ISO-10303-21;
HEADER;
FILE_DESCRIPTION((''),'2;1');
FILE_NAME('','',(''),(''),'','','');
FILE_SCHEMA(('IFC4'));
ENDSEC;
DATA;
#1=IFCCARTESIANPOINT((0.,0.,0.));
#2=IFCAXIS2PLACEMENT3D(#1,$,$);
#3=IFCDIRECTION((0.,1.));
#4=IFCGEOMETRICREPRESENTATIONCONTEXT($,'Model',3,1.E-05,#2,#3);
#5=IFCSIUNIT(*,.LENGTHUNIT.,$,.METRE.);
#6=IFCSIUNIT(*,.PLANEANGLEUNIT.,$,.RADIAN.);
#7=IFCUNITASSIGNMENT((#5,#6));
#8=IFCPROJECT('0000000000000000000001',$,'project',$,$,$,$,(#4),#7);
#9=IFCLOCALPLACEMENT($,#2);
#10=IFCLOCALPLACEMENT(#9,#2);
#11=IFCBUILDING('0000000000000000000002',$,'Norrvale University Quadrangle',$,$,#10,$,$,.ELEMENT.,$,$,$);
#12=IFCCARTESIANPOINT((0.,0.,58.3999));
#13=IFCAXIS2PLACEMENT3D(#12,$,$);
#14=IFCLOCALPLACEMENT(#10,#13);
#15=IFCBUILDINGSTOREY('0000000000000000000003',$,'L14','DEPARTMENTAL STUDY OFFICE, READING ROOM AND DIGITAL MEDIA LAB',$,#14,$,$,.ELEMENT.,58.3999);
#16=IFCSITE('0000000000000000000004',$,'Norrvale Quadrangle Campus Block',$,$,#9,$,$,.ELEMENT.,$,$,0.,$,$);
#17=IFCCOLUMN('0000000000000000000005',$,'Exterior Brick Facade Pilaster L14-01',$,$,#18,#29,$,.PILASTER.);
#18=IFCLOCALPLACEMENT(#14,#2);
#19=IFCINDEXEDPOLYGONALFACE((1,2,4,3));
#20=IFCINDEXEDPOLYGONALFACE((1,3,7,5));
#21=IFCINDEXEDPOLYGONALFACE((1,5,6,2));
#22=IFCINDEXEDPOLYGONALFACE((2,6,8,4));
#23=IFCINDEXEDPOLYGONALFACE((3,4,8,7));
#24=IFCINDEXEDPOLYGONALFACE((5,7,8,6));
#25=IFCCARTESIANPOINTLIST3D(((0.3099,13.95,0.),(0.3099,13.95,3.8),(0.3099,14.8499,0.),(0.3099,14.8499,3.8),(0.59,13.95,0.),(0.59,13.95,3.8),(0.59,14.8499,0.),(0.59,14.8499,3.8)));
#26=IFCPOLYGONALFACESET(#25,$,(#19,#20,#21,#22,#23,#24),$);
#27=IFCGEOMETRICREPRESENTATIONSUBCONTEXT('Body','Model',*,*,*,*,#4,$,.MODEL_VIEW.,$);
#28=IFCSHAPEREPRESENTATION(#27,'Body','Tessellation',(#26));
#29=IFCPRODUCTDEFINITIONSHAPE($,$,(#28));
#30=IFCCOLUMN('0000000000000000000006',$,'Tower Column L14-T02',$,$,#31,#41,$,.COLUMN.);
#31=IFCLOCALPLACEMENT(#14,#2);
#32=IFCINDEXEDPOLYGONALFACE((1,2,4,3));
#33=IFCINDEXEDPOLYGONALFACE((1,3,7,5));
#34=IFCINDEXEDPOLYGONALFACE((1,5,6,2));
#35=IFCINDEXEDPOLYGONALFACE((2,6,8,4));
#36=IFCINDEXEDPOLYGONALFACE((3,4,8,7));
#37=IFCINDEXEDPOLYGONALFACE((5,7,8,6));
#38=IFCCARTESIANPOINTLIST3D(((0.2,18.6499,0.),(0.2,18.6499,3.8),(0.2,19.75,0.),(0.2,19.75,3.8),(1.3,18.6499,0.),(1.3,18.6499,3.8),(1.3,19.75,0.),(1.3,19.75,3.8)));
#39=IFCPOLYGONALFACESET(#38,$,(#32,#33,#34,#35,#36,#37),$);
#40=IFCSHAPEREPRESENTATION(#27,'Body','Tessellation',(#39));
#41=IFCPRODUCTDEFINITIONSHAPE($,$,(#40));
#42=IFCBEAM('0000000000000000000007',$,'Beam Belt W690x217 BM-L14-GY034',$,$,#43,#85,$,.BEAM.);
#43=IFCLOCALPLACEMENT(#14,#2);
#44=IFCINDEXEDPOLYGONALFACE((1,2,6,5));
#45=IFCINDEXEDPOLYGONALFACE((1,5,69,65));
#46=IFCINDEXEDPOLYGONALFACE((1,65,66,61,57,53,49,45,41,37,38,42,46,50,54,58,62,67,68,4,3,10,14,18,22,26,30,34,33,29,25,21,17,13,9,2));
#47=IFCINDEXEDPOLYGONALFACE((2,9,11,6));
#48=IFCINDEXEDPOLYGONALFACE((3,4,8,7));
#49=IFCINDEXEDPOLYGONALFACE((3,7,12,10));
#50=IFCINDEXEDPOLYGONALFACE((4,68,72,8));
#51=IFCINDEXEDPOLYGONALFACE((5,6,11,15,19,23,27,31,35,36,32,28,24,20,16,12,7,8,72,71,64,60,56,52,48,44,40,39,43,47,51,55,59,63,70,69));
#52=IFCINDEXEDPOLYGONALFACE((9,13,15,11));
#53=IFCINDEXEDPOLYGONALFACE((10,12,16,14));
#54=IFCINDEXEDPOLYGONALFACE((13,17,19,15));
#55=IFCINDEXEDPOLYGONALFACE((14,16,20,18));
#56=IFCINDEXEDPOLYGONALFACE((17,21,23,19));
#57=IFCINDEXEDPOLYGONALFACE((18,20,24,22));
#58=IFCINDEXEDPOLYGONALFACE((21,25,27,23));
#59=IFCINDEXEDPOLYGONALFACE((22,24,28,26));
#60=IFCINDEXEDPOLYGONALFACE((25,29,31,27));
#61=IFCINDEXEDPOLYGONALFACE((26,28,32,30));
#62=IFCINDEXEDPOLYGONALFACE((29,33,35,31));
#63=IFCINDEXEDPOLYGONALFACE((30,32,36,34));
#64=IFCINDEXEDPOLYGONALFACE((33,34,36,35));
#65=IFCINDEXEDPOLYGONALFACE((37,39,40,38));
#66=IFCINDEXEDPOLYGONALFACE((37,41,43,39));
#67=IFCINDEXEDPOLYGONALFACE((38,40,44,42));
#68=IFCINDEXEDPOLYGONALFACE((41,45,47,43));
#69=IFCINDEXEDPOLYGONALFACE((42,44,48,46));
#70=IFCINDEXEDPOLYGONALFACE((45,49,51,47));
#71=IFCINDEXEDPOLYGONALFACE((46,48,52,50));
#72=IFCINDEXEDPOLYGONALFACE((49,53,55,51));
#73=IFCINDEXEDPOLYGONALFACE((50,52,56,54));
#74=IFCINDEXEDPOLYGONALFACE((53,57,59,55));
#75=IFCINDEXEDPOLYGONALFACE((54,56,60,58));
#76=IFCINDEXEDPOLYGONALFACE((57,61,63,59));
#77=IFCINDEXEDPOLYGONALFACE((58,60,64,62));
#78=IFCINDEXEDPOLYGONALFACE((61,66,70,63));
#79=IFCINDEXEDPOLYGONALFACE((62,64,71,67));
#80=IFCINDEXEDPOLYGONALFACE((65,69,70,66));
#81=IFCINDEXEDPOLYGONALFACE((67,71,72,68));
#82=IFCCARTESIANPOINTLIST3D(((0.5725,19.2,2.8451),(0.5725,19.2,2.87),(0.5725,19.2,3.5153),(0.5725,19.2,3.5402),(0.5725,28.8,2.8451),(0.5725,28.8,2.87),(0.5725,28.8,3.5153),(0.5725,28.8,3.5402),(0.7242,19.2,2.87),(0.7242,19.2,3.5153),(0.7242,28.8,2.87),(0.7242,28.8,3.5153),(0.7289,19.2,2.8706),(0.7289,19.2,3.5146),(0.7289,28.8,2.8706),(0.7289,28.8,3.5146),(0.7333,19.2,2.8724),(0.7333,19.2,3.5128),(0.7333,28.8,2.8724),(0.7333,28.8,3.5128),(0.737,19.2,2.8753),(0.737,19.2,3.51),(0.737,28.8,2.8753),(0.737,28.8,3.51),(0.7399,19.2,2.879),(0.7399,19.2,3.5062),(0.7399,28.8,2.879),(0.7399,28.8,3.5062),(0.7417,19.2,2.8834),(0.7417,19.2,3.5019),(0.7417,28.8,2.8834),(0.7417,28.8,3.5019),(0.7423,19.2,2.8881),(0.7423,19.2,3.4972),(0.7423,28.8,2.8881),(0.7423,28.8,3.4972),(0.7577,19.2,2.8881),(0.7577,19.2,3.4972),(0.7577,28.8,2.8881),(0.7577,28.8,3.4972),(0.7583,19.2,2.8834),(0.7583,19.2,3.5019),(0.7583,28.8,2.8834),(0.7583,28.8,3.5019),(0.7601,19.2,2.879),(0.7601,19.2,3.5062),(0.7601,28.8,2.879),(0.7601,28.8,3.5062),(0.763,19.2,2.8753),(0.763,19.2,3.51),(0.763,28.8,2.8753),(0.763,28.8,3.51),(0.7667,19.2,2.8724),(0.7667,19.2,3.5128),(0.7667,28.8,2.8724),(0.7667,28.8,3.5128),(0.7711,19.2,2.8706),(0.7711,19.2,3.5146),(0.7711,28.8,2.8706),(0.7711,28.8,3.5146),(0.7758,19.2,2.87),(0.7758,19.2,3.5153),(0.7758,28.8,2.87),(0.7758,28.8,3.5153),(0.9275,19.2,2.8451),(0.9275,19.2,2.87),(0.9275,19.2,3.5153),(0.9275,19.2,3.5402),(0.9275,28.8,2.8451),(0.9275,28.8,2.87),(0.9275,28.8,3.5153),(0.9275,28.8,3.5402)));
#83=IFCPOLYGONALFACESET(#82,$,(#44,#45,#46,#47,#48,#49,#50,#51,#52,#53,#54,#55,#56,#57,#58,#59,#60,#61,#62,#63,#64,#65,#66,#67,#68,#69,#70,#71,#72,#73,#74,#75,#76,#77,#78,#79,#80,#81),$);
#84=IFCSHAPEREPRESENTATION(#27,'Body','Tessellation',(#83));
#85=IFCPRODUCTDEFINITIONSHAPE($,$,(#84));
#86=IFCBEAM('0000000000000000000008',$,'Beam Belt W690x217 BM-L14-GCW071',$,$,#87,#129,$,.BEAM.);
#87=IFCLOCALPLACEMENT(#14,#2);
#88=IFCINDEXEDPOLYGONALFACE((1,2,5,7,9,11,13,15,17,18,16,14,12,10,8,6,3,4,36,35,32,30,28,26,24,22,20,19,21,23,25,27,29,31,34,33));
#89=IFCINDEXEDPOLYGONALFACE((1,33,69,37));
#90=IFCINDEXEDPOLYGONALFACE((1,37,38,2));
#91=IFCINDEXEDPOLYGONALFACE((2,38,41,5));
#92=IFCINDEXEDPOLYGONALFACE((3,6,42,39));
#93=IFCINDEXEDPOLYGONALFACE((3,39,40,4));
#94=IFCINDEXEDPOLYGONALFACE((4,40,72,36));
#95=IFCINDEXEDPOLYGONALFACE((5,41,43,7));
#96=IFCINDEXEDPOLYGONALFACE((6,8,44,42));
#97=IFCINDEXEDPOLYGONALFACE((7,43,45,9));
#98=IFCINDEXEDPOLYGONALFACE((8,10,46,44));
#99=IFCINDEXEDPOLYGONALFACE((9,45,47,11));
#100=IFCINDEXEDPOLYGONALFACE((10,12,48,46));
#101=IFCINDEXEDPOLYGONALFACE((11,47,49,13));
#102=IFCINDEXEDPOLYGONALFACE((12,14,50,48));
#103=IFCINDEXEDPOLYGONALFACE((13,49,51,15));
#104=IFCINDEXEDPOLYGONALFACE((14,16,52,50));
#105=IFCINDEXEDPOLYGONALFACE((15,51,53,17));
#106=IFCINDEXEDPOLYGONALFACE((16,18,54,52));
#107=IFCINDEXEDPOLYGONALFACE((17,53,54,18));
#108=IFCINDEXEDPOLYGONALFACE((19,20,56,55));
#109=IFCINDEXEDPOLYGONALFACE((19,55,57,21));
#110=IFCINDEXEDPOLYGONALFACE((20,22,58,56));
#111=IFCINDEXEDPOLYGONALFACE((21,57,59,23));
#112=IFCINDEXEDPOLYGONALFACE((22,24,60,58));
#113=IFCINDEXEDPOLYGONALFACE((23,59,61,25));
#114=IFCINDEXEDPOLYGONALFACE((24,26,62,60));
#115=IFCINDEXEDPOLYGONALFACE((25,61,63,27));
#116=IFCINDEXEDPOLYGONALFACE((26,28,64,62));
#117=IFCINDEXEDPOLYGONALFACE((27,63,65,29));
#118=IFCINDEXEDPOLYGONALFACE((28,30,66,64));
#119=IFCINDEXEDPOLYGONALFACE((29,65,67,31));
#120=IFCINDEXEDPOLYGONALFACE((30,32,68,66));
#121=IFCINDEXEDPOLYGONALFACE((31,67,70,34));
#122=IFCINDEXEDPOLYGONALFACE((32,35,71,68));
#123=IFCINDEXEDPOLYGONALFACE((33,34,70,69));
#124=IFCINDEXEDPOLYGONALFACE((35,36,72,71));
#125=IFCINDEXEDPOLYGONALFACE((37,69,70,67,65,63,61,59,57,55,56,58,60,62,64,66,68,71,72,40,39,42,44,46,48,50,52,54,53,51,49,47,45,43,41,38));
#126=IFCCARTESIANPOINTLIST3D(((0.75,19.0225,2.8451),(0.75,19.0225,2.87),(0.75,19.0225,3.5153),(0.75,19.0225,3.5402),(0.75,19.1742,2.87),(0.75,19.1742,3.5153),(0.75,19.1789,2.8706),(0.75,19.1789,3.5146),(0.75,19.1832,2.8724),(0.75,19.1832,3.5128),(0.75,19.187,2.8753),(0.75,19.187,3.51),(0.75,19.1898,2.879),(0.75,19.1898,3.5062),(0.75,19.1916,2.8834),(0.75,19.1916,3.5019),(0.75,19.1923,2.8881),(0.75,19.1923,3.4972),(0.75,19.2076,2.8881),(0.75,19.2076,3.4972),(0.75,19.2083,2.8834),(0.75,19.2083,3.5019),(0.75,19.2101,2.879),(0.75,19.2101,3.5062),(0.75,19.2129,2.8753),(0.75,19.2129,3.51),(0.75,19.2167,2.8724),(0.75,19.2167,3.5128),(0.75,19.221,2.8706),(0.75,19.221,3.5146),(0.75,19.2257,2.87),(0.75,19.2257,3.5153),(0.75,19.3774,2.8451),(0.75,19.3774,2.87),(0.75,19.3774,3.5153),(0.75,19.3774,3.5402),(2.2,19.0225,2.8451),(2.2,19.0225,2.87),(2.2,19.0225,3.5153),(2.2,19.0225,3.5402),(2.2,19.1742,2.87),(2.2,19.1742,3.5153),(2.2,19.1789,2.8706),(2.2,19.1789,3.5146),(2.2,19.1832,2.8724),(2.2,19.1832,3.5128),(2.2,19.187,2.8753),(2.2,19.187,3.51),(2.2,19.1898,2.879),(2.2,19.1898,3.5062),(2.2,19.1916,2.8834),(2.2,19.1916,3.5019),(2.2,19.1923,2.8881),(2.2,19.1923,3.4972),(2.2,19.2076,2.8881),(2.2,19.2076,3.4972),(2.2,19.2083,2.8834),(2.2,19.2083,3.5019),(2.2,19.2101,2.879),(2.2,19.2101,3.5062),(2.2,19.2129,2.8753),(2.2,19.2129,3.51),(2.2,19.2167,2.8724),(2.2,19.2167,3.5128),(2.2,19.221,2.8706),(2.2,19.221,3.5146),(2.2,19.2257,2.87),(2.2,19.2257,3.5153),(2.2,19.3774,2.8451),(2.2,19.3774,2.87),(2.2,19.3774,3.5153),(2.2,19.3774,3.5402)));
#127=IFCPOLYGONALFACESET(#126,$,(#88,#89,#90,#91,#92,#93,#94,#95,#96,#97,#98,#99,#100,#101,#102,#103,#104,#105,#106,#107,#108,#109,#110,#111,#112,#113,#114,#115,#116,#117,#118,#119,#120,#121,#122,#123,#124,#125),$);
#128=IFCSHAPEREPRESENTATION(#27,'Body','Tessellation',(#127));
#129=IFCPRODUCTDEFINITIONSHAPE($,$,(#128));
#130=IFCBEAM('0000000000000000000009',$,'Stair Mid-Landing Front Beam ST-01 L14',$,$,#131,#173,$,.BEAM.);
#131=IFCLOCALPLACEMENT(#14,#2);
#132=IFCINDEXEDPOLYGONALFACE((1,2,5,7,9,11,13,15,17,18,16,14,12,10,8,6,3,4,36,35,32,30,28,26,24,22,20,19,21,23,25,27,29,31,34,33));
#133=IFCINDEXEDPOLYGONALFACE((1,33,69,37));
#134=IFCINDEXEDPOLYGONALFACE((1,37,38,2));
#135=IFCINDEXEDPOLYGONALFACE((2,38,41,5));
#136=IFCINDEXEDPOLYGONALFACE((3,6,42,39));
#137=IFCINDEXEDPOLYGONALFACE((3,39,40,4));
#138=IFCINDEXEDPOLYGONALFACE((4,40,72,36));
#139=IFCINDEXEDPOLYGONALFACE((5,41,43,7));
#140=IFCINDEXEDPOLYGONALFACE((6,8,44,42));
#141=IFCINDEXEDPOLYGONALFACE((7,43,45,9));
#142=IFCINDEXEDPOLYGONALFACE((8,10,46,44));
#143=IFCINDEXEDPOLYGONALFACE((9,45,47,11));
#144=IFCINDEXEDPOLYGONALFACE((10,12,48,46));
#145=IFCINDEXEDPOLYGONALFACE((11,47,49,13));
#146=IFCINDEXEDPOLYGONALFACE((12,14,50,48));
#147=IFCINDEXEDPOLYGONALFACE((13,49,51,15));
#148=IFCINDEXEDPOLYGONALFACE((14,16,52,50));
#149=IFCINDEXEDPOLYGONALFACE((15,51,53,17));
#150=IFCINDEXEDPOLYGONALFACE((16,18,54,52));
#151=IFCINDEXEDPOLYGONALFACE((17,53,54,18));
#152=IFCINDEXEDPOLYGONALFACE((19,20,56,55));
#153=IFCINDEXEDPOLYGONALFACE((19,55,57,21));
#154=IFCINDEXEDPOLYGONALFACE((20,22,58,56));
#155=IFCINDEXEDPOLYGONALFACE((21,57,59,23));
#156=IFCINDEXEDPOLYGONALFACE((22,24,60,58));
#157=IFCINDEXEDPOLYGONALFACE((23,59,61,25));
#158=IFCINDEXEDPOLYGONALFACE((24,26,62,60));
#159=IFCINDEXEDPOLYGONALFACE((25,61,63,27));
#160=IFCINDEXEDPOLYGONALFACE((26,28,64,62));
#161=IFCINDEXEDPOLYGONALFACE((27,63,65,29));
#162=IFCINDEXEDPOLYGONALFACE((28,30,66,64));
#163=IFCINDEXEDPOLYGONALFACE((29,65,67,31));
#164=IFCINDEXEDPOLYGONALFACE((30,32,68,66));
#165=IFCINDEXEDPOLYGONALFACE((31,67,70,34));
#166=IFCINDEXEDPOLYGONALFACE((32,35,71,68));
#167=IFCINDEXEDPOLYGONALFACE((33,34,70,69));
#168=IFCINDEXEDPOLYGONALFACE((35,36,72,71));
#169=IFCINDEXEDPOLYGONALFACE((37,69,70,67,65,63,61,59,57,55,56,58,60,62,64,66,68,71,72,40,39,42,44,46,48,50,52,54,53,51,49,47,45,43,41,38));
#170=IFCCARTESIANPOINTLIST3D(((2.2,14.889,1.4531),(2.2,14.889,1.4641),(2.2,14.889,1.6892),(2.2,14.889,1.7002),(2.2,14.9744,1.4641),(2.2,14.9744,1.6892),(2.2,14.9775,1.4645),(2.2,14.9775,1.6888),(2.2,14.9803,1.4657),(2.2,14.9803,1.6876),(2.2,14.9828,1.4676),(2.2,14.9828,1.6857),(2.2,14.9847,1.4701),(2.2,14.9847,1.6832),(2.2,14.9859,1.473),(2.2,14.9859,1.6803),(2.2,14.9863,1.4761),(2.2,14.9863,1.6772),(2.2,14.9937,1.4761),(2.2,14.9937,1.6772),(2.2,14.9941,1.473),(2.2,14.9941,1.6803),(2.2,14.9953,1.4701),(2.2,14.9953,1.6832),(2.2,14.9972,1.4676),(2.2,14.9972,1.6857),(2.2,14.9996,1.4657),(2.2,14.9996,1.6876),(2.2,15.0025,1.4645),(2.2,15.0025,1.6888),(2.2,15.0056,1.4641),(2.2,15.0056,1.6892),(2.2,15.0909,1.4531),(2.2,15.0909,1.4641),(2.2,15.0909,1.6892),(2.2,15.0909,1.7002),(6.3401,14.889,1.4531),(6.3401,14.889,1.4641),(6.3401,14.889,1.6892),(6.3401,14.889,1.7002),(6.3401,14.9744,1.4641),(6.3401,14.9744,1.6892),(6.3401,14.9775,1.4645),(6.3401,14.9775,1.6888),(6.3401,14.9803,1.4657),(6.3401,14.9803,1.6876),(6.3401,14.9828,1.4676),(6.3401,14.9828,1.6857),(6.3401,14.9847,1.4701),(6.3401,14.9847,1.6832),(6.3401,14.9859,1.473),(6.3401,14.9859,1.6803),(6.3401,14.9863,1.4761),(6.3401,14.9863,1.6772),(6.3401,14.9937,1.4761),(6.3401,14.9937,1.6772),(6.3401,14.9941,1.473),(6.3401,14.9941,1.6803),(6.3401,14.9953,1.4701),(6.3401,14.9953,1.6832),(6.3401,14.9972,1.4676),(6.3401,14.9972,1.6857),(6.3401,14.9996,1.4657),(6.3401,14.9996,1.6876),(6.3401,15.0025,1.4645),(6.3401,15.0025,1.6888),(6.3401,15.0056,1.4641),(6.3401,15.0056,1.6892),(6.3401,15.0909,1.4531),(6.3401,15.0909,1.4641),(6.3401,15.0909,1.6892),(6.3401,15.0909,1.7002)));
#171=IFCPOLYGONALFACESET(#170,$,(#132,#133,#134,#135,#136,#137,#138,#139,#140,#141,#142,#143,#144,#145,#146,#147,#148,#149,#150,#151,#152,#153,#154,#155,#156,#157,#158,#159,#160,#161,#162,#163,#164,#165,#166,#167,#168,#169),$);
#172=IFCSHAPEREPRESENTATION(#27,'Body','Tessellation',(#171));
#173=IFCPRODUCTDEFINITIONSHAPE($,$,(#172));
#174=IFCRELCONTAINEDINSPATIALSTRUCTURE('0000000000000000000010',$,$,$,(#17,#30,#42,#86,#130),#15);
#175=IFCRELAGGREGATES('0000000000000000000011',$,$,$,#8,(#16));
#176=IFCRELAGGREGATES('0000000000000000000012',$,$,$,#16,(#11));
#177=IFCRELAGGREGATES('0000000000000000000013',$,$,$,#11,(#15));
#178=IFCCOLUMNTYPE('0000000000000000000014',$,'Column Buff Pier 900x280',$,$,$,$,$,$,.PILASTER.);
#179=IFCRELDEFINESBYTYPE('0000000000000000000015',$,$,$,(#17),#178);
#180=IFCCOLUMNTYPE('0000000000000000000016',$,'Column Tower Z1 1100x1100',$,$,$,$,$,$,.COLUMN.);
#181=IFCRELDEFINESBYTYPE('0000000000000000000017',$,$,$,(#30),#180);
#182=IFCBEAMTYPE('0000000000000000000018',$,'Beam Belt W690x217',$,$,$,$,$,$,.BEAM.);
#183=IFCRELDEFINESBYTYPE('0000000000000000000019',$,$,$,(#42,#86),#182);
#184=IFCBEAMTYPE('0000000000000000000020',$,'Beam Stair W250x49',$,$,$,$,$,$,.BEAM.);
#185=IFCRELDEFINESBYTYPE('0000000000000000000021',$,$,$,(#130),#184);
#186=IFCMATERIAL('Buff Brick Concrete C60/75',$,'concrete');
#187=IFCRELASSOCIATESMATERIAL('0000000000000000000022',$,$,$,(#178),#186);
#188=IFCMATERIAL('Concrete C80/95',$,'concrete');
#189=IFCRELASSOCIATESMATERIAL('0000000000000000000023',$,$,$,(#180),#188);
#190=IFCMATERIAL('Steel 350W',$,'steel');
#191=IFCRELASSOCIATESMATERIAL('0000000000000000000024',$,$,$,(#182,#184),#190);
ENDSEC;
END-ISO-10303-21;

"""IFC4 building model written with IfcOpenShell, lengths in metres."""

from ifc_helpers import new_model, si_unit, direction, frame, origin, origin_2d, place, context, subcontext, project, spatial, rectangle, i_section, extrude, material, material_profile, profile_set, type_object, element, save


model = new_model("IFC4")

# Units and contexts
model_context = context("Model", 3, precision=1e-05, world=origin(), true_north=direction((0.0, 1.0)))
body_context = subcontext(model_context, "Body", "Model", "MODEL_VIEW")
ifc_project = project(units=[si_unit("LENGTHUNIT", "METRE"), si_unit("PLANEANGLEUNIT", "RADIAN")], contexts=[model_context])

# Site, building, storey
site_placement = place(None, origin())
site = spatial("IfcSite", under=ifc_project, at=site_placement, Name="Norrvale Quadrangle Campus Block", CompositionType="ELEMENT", RefElevation=0.0)
building_placement = place(site_placement, origin())
building = spatial("IfcBuilding", under=site, at=building_placement, Name="Norrvale University Quadrangle", CompositionType="ELEMENT")
storey_placement = place(building_placement, frame((0.0, 0.0, 58.3999)))
storey = spatial("IfcBuildingStorey", under=building, at=storey_placement, Name="L14", Description="DEPARTMENTAL STUDY OFFICE, READING ROOM AND DIGITAL MEDIA LAB", CompositionType="ELEMENT", Elevation=58.3999)

# Columns
ifc_material_1 = material(Name="Buff Brick Concrete C60/75", Category="concrete")
ifc_material_profile_1 = material_profile(ifc_material_1, rectangle(XDim=0.8999, YDim=0.28, at=origin_2d()), Name="Buff Brick Concrete C60/75")
ifc_profile_set_1 = profile_set([ifc_material_profile_1], Name="Buff Brick Concrete C60/75")
column_type_1 = type_object("IfcColumnType", Name="Column Buff Pier 900x280", PredefinedType="PILASTER", material=ifc_profile_set_1)
column_1_placement = place(storey_placement, frame((0.45, 14.3999, 0.0), z_axis=(0.0, 0.0, 1.0), x_axis=(0.0, 1.0, 0.0)))
element("IfcColumn", 1, at=column_1_placement, inside=storey, type_object=column_type_1, Name="Exterior Brick Facade Pilaster L14-01", PredefinedType="PILASTER", context=body_context, shape_type="SweptSolid", body=[
    extrude(rectangle(XDim=0.8999, YDim=0.28, at=origin_2d()), origin(), (0.0, 0.0, 1.0), 3.8),
])
ifc_material_2 = material(Name="Concrete C80/95", Category="concrete")
ifc_material_profile_2 = material_profile(ifc_material_2, rectangle(XDim=1.1001, YDim=1.1001, at=origin_2d()), Name="Concrete C80/95")
ifc_profile_set_2 = profile_set([ifc_material_profile_2], Name="Concrete C80/95")
column_type_2 = type_object("IfcColumnType", Name="Column Tower Z1 1100x1100", PredefinedType="COLUMN", material=ifc_profile_set_2)
column_2_placement = place(storey_placement, frame((0.75, 19.2, 0.0), z_axis=(0.0, 0.0, 1.0), x_axis=(1.0, 0.0, 0.0)))
element("IfcColumn", 2, at=column_2_placement, inside=storey, type_object=column_type_2, Name="Tower Column L14-T02", PredefinedType="COLUMN", context=body_context, shape_type="SweptSolid", body=[
    extrude(rectangle(XDim=1.1001, YDim=1.1001, at=origin_2d()), origin(), (0.0, 0.0, 1.0), 3.8),
])

# Beams
ifc_material_3 = material(Name="Steel 350W", Category="steel")
ifc_material_profile_3 = material_profile(ifc_material_3, i_section(OverallWidth=0.355, OverallDepth=0.6951, WebThickness=0.0154, FlangeThickness=0.0249, FilletRadius=0.0181, at=origin_2d()), Name="Steel 350W")
ifc_profile_set_3 = profile_set([ifc_material_profile_3], Name="Steel 350W")
beam_type_1 = type_object("IfcBeamType", Name="Beam Belt W690x217", PredefinedType="BEAM", material=ifc_profile_set_3)
beam_1_placement = place(storey_placement, frame((0.75, 19.2, 3.1926), z_axis=(0.0, 1.0, 0.0), x_axis=(-1.0, 0.0, 0.0)))
element("IfcBeam", 3, at=beam_1_placement, inside=storey, type_object=beam_type_1, Name="Beam Belt W690x217 BM-L14-GY034", PredefinedType="BEAM", context=body_context, shape_type="SweptSolid", body=[
    extrude(i_section(OverallWidth=0.355, OverallDepth=0.6951, WebThickness=0.0154, FlangeThickness=0.0249, FilletRadius=0.0181, at=origin_2d()), origin(), (0.0, 0.0, 1.0), 9.6001),
])
beam_2_placement = place(storey_placement, frame((0.75, 19.2, 3.1926), z_axis=(1.0, 0.0, 0.0), x_axis=(0.0, 1.0, 0.0)))
element("IfcBeam", 4, at=beam_2_placement, inside=storey, type_object=beam_type_1, Name="Beam Belt W690x217 BM-L14-GCW071", PredefinedType="BEAM", context=body_context, shape_type="SweptSolid", body=[
    extrude(i_section(OverallWidth=0.355, OverallDepth=0.6951, WebThickness=0.0154, FlangeThickness=0.0249, FilletRadius=0.0181, at=origin_2d()), origin(), (0.0, 0.0, 1.0), 1.45),
])
ifc_material_profile_4 = material_profile(ifc_material_3, i_section(OverallWidth=0.2019, OverallDepth=0.2471, WebThickness=0.0073, FlangeThickness=0.011, FilletRadius=0.012, at=origin_2d()), Name="Steel 350W")
ifc_profile_set_4 = profile_set([ifc_material_profile_4], Name="Steel 350W")
beam_type_2 = type_object("IfcBeamType", Name="Beam Stair W250x49", PredefinedType="BEAM", material=ifc_profile_set_4)
for number, where, z_axis, x_axis, name in (
    (5, (2.2, 14.99, 1.5767), (1.0, 0.0, 0.0), (0.0, 1.0, 0.0), "Stair Mid-Landing Front Beam ST-01 L14"),
):
    element("IfcBeam", number, at=place(storey_placement, frame(where, z_axis=z_axis, x_axis=x_axis)), inside=storey, type_object=beam_type_2, Name=name, PredefinedType="BEAM", context=body_context, shape_type="SweptSolid", body=[
        extrude(i_section(OverallWidth=0.2019, OverallDepth=0.2471, WebThickness=0.0073, FlangeThickness=0.011, FilletRadius=0.012, at=origin_2d()), origin(), (0.0, 0.0, 1.0), 4.1401),
    ])

save(model, "model.ifc")
